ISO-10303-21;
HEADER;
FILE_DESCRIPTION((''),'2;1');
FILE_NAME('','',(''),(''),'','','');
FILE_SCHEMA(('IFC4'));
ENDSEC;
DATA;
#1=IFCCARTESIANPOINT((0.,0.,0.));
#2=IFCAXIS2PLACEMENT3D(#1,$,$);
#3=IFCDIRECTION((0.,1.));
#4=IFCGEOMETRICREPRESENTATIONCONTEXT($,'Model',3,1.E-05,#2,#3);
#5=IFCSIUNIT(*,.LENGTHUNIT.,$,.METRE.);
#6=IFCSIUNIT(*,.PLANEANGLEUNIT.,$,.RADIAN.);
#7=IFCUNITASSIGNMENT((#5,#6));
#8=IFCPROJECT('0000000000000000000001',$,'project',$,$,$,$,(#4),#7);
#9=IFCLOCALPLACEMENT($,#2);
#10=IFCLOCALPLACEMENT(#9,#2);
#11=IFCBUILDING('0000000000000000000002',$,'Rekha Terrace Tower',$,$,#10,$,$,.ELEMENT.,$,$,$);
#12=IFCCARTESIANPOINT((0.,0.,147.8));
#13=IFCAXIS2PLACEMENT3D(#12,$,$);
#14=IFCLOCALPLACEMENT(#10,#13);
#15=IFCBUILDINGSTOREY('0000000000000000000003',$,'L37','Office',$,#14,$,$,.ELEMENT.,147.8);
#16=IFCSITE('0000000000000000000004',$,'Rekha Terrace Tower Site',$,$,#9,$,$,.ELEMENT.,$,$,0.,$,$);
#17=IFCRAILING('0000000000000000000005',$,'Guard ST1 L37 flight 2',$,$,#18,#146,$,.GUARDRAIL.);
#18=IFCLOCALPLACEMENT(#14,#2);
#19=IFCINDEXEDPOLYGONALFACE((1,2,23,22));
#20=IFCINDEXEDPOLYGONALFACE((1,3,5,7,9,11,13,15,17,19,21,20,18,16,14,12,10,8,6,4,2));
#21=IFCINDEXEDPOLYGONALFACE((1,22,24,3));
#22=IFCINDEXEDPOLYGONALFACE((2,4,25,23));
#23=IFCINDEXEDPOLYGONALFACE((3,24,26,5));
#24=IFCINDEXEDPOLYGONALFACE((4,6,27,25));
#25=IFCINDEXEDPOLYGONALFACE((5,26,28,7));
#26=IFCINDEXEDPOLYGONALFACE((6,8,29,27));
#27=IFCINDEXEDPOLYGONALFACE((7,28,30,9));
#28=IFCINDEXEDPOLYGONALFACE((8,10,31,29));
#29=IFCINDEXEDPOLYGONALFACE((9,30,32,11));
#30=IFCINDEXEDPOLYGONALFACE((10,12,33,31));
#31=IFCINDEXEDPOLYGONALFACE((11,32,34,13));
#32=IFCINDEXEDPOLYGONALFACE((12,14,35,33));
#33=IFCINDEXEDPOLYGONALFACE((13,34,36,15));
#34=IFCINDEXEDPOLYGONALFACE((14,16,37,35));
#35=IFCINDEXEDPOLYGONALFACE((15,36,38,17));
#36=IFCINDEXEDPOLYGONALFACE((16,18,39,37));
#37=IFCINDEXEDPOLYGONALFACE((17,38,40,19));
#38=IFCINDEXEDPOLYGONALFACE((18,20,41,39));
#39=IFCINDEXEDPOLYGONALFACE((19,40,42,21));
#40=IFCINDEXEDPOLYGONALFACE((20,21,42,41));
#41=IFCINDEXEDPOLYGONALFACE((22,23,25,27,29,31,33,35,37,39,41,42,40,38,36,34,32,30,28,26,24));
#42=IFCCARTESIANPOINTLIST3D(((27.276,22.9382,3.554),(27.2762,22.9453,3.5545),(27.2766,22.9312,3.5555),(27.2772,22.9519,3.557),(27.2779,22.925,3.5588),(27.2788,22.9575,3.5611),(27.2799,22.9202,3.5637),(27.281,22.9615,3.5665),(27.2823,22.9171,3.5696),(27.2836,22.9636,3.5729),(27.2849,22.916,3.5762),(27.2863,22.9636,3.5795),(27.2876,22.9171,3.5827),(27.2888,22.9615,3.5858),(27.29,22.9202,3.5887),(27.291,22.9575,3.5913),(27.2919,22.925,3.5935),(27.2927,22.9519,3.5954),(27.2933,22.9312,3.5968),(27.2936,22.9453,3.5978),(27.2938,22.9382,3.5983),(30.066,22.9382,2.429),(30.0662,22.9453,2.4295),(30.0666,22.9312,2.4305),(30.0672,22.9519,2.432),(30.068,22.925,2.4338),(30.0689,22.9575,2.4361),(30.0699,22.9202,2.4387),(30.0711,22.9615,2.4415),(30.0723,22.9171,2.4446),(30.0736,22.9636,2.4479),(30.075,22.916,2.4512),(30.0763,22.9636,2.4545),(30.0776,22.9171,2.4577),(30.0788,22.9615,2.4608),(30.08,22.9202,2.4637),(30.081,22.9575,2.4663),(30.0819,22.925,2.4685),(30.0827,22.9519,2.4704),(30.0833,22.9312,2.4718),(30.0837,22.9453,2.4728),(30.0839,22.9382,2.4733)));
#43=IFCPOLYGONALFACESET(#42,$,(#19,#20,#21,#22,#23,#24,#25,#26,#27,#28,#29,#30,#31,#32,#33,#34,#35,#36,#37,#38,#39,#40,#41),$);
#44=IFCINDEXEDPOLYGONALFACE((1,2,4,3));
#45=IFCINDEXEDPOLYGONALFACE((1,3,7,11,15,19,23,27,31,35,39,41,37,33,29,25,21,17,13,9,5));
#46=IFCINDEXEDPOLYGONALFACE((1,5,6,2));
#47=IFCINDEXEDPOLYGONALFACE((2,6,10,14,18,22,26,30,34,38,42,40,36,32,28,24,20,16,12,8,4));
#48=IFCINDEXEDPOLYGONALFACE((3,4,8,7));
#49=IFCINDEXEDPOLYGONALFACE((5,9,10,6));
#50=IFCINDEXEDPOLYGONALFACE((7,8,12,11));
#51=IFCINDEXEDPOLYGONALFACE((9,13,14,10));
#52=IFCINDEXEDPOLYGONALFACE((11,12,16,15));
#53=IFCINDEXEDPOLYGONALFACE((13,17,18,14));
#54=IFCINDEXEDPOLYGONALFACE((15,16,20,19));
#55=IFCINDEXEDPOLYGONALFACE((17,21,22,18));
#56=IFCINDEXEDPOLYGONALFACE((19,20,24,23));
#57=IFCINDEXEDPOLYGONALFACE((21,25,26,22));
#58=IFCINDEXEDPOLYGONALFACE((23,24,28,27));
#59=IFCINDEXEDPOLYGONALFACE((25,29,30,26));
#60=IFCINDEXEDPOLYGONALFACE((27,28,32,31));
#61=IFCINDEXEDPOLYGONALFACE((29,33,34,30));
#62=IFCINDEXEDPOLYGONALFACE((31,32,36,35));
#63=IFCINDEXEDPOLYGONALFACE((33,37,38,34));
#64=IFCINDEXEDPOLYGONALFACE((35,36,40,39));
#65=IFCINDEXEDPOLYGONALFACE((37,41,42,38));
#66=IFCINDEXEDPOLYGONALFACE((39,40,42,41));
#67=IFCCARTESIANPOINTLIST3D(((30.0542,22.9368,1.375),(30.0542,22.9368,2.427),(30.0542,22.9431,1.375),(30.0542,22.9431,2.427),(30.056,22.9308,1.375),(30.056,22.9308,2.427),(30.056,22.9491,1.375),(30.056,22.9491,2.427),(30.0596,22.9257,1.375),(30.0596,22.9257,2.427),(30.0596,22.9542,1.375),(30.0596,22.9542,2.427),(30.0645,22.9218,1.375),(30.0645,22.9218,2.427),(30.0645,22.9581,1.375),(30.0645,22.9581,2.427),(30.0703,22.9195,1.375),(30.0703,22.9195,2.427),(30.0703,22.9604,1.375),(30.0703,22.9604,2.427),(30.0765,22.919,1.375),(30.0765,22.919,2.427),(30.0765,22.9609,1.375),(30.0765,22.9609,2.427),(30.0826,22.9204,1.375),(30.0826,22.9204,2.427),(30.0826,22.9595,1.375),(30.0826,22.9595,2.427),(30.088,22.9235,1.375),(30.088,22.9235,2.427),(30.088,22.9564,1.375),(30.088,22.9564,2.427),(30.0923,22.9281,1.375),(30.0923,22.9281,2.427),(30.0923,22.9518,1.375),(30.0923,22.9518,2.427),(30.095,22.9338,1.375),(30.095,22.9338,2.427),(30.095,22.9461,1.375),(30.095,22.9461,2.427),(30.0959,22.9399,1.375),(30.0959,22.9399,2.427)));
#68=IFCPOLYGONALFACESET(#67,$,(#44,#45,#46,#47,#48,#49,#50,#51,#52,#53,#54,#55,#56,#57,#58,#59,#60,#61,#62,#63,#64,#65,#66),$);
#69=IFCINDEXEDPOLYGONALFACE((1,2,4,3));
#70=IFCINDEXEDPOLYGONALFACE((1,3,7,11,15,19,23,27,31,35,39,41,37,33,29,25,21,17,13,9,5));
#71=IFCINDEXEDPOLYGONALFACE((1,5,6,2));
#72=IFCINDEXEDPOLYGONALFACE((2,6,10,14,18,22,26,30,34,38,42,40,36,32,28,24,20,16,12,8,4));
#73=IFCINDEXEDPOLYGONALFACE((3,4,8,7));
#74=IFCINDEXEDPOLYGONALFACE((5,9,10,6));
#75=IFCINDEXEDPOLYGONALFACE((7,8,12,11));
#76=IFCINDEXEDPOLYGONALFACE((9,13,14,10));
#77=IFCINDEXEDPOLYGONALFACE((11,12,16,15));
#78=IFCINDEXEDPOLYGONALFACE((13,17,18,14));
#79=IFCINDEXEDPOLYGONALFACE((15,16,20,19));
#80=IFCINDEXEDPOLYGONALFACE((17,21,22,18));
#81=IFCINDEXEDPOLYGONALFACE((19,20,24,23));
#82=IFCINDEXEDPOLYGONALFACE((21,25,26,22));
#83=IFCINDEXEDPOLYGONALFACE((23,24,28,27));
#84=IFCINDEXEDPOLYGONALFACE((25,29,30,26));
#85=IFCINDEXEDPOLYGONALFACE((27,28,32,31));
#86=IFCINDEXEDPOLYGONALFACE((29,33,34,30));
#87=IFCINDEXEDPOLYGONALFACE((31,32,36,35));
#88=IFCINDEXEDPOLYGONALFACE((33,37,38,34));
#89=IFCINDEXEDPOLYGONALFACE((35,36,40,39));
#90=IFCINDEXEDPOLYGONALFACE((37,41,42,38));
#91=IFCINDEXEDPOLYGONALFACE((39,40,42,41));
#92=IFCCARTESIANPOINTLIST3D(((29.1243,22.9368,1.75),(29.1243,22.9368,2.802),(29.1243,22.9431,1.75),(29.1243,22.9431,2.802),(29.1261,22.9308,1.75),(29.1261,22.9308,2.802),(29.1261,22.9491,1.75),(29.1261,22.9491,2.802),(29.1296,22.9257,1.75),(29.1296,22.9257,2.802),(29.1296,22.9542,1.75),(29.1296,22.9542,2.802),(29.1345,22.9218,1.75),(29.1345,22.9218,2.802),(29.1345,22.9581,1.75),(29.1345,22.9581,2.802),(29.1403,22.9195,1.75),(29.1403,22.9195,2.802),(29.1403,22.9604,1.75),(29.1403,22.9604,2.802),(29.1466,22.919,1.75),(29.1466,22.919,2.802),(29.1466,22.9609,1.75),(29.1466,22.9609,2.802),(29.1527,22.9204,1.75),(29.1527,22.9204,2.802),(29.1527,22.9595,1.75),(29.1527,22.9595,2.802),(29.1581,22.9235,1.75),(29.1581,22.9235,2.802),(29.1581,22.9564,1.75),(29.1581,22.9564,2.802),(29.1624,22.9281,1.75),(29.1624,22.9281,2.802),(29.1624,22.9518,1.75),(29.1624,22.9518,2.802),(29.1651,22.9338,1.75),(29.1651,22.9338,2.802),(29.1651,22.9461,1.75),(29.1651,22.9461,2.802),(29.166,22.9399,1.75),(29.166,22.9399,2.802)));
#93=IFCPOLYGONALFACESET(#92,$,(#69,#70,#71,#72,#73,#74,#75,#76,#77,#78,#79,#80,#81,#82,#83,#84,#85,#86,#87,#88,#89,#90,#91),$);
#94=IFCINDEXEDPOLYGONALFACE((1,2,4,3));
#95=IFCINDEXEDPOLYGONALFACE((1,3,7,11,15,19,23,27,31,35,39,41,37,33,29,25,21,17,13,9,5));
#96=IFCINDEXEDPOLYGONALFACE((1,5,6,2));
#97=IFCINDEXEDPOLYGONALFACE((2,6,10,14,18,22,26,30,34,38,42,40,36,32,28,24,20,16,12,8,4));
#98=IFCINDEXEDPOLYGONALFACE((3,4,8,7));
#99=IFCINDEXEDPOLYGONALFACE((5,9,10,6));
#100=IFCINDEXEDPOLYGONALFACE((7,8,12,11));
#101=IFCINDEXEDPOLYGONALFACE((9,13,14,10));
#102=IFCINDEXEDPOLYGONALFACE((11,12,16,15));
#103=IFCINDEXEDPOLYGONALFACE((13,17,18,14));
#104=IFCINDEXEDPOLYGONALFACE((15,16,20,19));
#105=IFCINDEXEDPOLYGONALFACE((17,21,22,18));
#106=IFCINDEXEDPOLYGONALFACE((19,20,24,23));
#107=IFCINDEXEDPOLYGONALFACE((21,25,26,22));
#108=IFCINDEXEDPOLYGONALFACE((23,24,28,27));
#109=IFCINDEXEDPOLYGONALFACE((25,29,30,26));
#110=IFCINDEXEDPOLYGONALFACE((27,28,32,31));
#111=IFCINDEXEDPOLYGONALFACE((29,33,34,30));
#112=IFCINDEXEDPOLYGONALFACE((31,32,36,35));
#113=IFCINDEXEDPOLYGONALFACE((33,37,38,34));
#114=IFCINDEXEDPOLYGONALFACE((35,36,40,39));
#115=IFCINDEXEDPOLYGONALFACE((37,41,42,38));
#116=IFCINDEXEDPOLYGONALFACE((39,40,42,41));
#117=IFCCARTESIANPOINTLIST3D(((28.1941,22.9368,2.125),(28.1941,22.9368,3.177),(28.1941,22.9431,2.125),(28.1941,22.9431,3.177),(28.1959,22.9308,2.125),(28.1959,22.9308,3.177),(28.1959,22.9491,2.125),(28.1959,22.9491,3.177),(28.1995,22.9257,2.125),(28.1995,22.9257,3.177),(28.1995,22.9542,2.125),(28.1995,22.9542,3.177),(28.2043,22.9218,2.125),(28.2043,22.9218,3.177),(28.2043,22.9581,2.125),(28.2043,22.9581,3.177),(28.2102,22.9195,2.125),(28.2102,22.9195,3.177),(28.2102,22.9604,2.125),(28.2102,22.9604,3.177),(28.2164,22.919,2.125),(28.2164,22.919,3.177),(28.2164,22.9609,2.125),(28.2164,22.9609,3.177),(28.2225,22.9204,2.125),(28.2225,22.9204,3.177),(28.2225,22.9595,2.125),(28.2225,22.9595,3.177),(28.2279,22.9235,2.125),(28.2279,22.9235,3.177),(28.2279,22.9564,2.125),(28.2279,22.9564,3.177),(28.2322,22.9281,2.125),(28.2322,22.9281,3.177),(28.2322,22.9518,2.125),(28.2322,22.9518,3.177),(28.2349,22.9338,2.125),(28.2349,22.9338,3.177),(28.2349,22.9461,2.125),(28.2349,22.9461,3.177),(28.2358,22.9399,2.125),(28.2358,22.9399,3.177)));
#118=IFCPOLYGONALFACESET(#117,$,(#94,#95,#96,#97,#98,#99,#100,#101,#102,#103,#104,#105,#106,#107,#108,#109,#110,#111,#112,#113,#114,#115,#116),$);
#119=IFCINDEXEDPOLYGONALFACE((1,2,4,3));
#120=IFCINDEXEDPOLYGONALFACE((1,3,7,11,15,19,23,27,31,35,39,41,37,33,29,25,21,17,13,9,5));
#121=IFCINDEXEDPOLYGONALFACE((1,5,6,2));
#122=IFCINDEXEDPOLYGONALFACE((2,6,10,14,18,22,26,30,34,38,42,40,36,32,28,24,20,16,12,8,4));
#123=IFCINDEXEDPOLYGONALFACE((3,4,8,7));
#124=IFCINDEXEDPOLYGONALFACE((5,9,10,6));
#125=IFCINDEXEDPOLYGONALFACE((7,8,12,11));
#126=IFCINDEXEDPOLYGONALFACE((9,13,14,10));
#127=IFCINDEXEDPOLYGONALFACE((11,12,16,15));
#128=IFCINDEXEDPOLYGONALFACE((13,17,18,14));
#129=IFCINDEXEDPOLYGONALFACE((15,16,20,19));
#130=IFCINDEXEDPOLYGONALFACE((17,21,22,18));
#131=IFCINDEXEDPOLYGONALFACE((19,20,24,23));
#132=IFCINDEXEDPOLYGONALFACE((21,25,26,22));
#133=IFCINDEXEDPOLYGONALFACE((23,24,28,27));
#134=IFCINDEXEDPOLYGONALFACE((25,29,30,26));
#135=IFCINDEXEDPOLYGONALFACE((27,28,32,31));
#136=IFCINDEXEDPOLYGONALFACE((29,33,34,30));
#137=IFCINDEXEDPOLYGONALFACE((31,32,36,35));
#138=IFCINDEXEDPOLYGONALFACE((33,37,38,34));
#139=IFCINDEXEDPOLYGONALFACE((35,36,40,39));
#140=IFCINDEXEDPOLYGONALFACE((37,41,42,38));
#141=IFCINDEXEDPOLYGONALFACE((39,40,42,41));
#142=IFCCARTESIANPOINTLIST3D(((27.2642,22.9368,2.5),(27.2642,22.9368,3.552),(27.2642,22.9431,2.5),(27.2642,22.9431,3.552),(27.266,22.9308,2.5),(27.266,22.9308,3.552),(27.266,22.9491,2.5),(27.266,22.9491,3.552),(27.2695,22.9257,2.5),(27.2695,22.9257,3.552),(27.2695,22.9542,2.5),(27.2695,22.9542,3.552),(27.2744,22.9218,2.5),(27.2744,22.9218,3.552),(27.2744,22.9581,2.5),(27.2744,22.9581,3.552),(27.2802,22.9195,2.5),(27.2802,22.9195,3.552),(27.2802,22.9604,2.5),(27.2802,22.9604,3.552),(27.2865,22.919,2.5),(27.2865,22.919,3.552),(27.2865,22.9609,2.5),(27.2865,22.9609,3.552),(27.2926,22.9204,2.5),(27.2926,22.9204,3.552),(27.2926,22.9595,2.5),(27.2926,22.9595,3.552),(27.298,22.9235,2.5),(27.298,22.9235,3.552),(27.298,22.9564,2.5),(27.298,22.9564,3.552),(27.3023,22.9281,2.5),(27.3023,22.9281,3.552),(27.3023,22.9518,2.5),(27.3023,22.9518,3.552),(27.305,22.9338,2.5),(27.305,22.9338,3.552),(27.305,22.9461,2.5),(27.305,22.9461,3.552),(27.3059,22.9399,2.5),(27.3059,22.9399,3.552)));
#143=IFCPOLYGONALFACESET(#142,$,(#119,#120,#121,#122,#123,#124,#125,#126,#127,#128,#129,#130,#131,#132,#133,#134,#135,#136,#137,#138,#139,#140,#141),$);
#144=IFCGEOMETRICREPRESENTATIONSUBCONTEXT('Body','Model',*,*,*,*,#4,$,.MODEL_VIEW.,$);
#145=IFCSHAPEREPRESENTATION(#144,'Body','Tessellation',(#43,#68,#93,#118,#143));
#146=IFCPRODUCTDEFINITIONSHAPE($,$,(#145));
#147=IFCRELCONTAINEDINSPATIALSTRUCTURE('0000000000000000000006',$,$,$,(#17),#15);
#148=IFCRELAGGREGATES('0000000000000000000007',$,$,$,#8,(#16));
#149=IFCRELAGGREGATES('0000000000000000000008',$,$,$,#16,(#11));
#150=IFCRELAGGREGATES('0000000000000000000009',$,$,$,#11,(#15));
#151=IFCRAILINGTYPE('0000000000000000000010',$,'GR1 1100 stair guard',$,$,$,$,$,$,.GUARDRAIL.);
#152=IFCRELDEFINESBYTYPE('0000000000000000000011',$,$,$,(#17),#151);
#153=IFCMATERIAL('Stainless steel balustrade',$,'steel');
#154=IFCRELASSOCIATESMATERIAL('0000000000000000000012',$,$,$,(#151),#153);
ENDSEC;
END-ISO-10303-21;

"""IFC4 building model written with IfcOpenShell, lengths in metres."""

from ifc_helpers import new_model, si_unit, direction, frame, origin, origin_2d, place, context, subcontext, project, spatial, circle, extrude, material, type_object, element, save


model = new_model("IFC4")

# Units and contexts
model_context = context("Model", 3, precision=1e-05, world=origin(), true_north=direction((0.0, 1.0)))
body_context = subcontext(model_context, "Body", "Model", "MODEL_VIEW")
ifc_project = project(units=[si_unit("LENGTHUNIT", "METRE"), si_unit("PLANEANGLEUNIT", "RADIAN")], contexts=[model_context])

# Site, building, storey
site_placement = place(None, origin())
site = spatial("IfcSite", under=ifc_project, at=site_placement, Name="Rekha Terrace Tower Site", CompositionType="ELEMENT", RefElevation=0.0)
building_placement = place(site_placement, origin())
building = spatial("IfcBuilding", under=site, at=building_placement, Name="Rekha Terrace Tower", CompositionType="ELEMENT")
storey_placement = place(building_placement, frame((0.0, 0.0, 147.8)))
storey = spatial("IfcBuildingStorey", under=building, at=storey_placement, Name="L37", Description="Office", CompositionType="ELEMENT", Elevation=147.8)

# Railing
ifc_material_1 = material(Name="Stainless steel balustrade", Category="steel")
railing_type_1 = type_object("IfcRailingType", Name="GR1 1100 stair guard", PredefinedType="GUARDRAIL", material=ifc_material_1)
railing_1_placement = place(storey_placement, frame((30.075, 22.9399, 1.375)))
element("IfcRailing", 1, at=railing_1_placement, inside=storey, type_object=railing_type_1, Name="Guard ST1 L37 flight 2", PredefinedType="GUARDRAIL", context=body_context, shape_type="SweptSolid", body=[
    extrude(circle(Radius=0.0239, at=origin_2d()), frame((0.0, 0.0, 1.0762), z_axis=(-0.927443, 0.0, 0.373964), x_axis=(0.0, -1.0, 0.0)), (0.0, 0.0, 1.0), 3.0083),
    extrude(circle(Radius=0.021, at=origin_2d()), origin(), (0.0, 0.0, 1.0), 1.052),
    extrude(circle(Radius=0.021, at=origin_2d()), frame((-0.9299, 0.0, 0.375)), (0.0, 0.0, 1.0), 1.052),
    extrude(circle(Radius=0.021, at=origin_2d()), frame((-1.8601, 0.0, 0.75)), (0.0, 0.0, 1.0), 1.052),
    extrude(circle(Radius=0.021, at=origin_2d()), frame((-2.79, 0.0, 1.125)), (0.0, 0.0, 1.0), 1.052),
])

save(model, "model.ifc")
